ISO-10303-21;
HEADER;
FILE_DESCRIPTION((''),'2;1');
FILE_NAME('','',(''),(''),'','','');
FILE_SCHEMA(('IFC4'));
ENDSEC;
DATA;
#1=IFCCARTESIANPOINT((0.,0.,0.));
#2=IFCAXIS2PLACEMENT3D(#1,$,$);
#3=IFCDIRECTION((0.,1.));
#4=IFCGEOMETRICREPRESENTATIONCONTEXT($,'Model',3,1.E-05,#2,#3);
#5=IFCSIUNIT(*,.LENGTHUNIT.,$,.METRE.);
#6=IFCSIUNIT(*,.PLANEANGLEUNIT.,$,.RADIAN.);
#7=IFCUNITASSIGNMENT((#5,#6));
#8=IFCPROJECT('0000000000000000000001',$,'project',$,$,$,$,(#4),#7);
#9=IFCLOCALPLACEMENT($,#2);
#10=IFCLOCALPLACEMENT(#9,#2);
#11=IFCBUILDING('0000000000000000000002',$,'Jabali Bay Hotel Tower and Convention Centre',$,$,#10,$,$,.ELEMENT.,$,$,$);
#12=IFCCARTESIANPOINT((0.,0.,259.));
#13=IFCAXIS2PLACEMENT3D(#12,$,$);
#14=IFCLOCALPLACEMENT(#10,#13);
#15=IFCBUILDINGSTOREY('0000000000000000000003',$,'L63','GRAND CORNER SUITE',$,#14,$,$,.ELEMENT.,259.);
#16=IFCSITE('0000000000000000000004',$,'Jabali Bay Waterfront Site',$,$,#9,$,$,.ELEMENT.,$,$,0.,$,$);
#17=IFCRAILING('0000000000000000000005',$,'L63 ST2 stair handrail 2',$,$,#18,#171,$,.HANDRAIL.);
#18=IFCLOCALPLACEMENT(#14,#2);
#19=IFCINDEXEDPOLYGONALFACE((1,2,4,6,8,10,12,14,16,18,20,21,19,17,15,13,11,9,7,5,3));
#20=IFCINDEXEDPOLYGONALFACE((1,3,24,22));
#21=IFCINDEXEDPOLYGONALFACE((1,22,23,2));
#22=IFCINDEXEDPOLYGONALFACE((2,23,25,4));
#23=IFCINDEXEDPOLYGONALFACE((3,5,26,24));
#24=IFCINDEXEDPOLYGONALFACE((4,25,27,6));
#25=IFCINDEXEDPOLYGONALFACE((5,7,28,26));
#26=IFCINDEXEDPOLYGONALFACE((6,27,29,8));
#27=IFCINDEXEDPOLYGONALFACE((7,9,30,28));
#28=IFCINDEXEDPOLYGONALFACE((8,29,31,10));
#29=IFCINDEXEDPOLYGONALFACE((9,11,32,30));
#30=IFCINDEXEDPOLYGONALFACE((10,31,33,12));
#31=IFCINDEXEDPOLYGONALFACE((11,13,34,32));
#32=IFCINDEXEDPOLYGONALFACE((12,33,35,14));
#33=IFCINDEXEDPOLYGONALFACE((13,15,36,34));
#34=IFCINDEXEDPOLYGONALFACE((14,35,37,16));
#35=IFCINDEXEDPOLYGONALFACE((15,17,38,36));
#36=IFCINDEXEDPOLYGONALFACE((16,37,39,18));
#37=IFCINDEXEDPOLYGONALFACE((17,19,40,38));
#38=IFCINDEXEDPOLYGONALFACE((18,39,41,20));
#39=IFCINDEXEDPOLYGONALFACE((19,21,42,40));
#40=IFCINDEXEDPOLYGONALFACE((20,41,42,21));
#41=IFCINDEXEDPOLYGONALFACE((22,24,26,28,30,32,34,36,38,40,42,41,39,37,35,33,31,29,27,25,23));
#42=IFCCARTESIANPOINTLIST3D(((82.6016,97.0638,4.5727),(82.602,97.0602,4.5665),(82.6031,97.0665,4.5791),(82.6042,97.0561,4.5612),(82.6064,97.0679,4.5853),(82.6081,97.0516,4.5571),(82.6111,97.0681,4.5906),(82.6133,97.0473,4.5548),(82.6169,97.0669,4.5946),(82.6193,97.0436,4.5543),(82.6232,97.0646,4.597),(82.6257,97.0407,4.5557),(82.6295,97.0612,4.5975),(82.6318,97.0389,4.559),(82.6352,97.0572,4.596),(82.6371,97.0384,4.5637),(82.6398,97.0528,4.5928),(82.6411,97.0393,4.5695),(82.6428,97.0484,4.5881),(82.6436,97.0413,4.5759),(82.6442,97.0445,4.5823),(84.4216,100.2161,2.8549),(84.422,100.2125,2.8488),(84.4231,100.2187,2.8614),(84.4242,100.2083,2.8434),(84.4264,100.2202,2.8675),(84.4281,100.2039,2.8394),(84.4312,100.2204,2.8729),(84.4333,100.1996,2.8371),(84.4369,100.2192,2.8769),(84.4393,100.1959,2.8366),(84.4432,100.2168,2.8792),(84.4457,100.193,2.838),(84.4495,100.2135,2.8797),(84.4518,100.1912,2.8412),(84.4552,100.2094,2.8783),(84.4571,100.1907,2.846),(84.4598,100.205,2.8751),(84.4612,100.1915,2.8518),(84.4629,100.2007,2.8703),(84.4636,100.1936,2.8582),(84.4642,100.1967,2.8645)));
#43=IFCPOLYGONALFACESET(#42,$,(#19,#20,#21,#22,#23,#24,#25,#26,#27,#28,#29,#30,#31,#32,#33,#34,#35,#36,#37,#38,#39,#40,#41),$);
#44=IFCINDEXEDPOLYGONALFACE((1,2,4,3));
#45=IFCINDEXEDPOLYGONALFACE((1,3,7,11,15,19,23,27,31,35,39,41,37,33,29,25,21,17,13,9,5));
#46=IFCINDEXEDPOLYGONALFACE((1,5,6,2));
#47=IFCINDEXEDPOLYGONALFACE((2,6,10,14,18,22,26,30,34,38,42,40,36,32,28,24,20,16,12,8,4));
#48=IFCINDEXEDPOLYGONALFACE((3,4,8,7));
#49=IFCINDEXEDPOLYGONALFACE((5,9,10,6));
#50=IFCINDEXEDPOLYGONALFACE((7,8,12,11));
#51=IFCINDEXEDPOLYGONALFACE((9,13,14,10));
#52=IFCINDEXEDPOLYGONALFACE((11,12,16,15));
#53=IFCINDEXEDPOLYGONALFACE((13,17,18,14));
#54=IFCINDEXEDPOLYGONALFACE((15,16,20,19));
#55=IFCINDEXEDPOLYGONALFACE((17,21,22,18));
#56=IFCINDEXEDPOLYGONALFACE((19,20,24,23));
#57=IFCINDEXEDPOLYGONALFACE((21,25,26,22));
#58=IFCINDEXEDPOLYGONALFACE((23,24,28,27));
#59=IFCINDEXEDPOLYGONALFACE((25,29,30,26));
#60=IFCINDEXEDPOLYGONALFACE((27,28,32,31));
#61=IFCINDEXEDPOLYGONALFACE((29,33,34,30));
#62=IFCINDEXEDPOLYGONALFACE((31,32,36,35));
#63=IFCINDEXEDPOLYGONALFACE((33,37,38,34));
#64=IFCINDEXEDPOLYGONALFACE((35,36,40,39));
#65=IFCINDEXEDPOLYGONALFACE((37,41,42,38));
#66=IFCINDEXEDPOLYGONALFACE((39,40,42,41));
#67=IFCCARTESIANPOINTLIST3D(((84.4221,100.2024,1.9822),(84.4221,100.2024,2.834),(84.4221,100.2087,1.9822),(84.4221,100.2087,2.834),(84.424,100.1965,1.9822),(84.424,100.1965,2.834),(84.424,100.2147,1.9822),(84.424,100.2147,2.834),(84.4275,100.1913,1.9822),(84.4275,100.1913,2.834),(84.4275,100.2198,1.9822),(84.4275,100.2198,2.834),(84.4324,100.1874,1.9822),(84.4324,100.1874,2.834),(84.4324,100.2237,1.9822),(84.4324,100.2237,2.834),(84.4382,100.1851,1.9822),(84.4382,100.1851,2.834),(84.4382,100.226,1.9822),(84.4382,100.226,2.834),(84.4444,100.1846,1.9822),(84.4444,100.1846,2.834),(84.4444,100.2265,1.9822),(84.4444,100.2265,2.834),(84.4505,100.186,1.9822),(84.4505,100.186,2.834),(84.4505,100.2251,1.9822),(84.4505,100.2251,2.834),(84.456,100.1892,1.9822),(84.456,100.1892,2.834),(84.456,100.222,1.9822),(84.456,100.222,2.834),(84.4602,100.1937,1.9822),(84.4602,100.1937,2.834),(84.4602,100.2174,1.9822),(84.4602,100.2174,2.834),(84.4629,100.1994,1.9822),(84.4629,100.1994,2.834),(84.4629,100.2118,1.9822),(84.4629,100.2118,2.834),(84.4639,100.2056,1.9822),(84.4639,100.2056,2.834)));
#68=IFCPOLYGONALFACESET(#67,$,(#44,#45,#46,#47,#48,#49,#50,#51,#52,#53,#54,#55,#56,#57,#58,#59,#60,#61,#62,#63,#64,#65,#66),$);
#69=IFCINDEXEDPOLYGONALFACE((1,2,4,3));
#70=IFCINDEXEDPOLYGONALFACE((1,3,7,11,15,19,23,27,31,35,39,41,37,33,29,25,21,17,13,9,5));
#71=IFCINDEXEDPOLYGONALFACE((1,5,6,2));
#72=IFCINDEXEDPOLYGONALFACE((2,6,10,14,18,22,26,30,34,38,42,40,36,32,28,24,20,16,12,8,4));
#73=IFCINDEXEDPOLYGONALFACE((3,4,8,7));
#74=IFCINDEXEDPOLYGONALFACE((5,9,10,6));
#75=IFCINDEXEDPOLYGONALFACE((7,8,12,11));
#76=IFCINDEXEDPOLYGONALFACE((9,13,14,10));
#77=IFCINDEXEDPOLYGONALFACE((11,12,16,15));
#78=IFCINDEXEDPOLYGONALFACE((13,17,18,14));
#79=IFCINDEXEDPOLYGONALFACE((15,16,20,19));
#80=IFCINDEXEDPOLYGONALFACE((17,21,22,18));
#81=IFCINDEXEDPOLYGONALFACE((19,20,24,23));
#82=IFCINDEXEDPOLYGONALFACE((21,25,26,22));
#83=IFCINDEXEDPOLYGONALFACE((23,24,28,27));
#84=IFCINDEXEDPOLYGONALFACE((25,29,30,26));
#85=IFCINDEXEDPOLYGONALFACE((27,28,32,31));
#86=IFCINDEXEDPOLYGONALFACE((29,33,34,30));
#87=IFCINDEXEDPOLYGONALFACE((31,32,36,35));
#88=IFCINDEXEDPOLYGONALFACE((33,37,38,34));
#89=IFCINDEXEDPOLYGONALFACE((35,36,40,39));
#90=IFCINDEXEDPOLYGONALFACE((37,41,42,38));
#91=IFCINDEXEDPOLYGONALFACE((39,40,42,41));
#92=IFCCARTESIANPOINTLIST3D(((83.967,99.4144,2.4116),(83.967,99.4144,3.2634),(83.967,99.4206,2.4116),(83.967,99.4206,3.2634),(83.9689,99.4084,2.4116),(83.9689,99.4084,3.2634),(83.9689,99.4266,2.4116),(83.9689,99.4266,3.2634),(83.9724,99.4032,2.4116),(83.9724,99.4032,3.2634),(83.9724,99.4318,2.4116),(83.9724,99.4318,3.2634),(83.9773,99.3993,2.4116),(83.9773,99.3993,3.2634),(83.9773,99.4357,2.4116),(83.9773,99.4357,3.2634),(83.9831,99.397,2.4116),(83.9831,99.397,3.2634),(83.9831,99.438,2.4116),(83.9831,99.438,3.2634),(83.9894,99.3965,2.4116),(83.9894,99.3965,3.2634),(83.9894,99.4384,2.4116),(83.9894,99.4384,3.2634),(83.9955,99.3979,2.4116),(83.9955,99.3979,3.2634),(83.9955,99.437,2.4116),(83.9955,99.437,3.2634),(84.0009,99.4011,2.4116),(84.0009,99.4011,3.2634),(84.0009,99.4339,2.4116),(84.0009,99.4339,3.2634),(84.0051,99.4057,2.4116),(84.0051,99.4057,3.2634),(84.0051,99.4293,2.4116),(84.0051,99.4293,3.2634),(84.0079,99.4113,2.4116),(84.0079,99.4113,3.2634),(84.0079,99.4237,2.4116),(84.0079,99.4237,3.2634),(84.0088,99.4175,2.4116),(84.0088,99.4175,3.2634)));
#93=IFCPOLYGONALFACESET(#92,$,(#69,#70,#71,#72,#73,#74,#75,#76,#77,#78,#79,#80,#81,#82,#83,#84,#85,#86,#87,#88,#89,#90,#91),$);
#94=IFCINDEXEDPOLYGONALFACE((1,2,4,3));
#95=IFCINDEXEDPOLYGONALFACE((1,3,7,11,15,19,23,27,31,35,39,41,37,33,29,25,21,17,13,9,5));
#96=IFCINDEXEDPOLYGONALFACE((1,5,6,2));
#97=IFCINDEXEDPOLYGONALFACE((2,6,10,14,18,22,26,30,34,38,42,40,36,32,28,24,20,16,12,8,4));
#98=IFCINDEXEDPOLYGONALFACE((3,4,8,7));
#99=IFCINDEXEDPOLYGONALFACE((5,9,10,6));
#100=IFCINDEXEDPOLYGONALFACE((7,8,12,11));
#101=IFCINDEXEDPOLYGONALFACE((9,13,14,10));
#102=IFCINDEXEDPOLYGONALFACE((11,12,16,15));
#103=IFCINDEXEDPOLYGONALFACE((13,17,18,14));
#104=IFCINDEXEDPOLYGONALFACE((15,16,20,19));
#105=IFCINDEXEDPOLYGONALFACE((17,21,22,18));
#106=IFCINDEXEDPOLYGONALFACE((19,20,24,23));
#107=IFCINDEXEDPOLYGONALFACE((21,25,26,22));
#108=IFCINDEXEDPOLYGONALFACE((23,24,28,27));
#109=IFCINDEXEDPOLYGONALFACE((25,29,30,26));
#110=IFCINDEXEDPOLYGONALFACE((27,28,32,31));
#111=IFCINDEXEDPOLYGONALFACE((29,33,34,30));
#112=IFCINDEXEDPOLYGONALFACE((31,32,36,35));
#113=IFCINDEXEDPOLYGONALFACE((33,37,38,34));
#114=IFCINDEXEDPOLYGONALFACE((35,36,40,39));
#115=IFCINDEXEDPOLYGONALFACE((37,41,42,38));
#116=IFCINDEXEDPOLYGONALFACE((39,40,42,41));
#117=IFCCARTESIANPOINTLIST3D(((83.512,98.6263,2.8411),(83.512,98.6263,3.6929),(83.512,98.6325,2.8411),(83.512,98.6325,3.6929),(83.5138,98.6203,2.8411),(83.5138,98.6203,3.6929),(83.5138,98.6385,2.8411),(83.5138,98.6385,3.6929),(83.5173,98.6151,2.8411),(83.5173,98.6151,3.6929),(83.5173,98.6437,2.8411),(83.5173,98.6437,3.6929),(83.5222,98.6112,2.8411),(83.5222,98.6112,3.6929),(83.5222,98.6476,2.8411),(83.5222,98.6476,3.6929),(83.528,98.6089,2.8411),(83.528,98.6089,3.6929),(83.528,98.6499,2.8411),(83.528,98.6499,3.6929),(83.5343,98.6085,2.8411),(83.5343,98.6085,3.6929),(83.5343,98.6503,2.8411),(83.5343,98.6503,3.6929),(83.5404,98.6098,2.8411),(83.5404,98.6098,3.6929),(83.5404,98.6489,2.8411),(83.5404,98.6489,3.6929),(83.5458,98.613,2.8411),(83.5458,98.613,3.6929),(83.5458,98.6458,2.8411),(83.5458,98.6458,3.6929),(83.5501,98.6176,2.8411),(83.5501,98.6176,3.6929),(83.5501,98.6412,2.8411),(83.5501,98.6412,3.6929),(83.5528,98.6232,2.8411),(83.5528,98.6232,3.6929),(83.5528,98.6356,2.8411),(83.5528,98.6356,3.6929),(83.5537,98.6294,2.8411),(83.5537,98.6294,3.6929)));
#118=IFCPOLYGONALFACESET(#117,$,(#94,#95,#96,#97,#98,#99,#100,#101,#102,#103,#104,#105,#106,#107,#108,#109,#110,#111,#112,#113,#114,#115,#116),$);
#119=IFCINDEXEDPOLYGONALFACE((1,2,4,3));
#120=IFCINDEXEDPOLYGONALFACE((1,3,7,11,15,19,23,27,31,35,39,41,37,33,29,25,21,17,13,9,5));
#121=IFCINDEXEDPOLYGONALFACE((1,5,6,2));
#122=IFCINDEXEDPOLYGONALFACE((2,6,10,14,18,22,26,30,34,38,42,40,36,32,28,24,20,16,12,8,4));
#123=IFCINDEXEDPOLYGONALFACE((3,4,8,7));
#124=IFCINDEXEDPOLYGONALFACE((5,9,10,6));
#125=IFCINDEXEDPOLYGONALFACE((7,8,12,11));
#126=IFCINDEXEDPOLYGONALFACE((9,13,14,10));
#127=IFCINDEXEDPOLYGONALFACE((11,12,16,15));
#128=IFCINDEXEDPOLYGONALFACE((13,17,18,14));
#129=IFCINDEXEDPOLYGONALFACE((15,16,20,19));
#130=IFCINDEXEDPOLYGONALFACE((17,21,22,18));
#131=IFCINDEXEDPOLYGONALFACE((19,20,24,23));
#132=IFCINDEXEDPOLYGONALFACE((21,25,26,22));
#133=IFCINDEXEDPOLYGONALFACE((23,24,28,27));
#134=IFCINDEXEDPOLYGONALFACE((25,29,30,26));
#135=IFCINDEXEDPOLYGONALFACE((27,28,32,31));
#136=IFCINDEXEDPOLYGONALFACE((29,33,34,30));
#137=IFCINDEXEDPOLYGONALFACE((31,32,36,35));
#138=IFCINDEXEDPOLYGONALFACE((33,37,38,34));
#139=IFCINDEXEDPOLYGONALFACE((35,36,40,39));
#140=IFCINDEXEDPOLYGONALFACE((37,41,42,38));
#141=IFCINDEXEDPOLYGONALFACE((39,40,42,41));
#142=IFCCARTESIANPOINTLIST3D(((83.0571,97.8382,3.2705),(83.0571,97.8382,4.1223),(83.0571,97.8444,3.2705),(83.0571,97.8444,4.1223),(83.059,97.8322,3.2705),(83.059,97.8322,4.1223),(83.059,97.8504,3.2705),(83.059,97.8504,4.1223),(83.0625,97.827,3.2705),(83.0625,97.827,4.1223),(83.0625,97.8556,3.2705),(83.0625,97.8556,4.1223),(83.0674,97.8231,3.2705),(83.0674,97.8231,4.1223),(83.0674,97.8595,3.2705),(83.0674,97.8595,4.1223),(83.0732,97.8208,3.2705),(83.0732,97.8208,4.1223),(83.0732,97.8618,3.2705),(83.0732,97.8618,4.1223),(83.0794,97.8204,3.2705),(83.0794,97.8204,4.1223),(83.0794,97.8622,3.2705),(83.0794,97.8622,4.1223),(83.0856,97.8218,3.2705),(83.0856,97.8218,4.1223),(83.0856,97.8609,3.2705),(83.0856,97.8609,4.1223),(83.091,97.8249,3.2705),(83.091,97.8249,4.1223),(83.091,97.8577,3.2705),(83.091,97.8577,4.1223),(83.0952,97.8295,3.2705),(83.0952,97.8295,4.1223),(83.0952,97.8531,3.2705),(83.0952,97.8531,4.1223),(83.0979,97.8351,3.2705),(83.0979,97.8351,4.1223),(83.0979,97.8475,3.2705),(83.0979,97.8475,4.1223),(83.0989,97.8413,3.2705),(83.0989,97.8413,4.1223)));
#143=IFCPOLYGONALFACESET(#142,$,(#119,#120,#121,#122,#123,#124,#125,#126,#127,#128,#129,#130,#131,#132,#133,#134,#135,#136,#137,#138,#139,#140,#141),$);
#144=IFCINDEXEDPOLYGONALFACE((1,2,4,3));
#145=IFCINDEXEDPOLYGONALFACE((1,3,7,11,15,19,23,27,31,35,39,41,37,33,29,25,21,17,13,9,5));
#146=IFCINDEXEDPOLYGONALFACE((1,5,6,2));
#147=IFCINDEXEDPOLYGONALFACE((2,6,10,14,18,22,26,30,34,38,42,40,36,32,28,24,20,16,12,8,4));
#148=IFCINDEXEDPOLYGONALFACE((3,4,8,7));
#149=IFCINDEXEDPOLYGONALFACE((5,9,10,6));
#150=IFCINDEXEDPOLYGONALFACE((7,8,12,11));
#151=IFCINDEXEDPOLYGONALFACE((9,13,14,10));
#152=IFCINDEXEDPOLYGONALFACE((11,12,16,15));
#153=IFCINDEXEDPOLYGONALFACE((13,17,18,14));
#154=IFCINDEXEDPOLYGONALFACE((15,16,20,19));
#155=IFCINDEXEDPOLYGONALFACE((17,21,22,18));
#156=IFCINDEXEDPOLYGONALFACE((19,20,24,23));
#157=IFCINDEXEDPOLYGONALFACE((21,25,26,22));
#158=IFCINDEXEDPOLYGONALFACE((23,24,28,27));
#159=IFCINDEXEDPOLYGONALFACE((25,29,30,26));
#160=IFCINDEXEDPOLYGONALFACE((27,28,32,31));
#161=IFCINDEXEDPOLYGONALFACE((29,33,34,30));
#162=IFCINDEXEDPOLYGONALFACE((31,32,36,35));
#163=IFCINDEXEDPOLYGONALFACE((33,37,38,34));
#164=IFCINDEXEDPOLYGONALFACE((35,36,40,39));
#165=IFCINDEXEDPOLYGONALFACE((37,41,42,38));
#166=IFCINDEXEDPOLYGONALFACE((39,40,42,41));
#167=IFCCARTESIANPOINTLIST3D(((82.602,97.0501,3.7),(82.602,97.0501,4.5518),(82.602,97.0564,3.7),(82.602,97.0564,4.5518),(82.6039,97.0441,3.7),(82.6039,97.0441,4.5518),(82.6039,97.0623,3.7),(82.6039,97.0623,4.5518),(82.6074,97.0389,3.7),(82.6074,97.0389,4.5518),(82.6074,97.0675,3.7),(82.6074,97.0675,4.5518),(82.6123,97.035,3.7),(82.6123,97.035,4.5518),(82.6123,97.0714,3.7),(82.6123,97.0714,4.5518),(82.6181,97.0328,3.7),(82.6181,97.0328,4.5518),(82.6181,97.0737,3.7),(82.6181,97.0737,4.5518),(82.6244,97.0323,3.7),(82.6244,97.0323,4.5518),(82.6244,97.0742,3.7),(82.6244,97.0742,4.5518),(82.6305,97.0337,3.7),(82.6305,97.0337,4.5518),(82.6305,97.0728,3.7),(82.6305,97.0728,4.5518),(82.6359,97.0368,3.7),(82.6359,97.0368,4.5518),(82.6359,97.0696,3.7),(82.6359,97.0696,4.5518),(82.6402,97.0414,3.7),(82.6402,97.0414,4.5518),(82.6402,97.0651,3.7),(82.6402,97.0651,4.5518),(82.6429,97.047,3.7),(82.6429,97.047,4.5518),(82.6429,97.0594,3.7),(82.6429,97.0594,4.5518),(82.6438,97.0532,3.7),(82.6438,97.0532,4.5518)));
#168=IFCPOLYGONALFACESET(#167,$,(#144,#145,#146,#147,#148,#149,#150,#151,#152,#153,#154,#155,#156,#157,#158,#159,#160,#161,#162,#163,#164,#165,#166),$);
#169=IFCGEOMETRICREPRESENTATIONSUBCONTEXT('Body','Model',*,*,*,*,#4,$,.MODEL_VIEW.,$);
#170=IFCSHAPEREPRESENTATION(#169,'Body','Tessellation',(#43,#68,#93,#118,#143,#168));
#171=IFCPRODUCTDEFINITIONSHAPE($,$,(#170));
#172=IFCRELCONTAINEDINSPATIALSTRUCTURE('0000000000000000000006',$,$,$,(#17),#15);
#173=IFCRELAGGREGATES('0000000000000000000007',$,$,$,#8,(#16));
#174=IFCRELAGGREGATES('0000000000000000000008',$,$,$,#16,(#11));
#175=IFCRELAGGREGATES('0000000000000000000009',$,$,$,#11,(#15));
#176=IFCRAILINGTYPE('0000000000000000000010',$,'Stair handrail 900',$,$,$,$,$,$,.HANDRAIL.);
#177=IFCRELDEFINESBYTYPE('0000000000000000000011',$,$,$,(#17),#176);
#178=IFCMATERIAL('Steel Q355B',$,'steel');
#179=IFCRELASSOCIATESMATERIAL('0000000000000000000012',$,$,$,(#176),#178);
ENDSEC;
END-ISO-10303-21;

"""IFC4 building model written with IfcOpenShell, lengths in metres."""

from ifc_helpers import new_model, si_unit, direction, frame, origin, origin_2d, place, context, subcontext, project, spatial, circle, extrude, material, type_object, element, save


model = new_model("IFC4")

# Units and contexts
model_context = context("Model", 3, precision=1e-05, world=origin(), true_north=direction((0.0, 1.0)))
body_context = subcontext(model_context, "Body", "Model", "MODEL_VIEW")
ifc_project = project(units=[si_unit("LENGTHUNIT", "METRE"), si_unit("PLANEANGLEUNIT", "RADIAN")], contexts=[model_context])

# Site, building, storey
site_placement = place(None, origin())
site = spatial("IfcSite", under=ifc_project, at=site_placement, Name="Jabali Bay Waterfront Site", CompositionType="ELEMENT", RefElevation=0.0)
building_placement = place(site_placement, origin())
building = spatial("IfcBuilding", under=site, at=building_placement, Name="Jabali Bay Hotel Tower and Convention Centre", CompositionType="ELEMENT")
storey_placement = place(building_placement, frame((0.0, 0.0, 259.0)))
storey = spatial("IfcBuildingStorey", under=building, at=storey_placement, Name="L63", Description="GRAND CORNER SUITE", CompositionType="ELEMENT", Elevation=259.0)

# Railing
ifc_material_1 = material(Name="Steel Q355B", Category="steel")
railing_type = type_object("IfcRailingType", Name="Stair handrail 900", PredefinedType="HANDRAIL", material=ifc_material_1)
railing_placement = place(storey_placement, frame((84.4429, 100.2056, 1.9822)))
element("IfcRailing", 1, at=railing_placement, inside=storey, type_object=railing_type, Name="L63 ST2 stair handrail 2", PredefinedType="HANDRAIL", context=body_context, shape_type="SweptSolid", body=[
    extrude(circle(Radius=0.0239, at=origin_2d()), frame((0.0, 0.0, 0.876), z_axis=(-0.45219, -0.78319, 0.426775), x_axis=(0.866018, -0.500013, 0.0)), (0.0, 0.0, 1.0), 4.0249),
    extrude(circle(Radius=0.021, at=origin_2d()), origin(), (0.0, 0.0, 1.0), 0.8518),
    extrude(circle(Radius=0.021, at=origin_2d()), frame((-0.4551, -0.7881, 0.4294)), (0.0, 0.0, 1.0), 0.8518),
    extrude(circle(Radius=0.021, at=origin_2d()), frame((-0.9102, -1.5762, 0.8589)), (0.0, 0.0, 1.0), 0.8518),
    extrude(circle(Radius=0.021, at=origin_2d()), frame((-1.365, -2.3643, 1.2883)), (0.0, 0.0, 1.0), 0.8518),
    extrude(circle(Radius=0.021, at=origin_2d()), frame((-1.8201, -3.1523, 1.7178)), (0.0, 0.0, 1.0), 0.8518),
])

save(model, "model.ifc")
